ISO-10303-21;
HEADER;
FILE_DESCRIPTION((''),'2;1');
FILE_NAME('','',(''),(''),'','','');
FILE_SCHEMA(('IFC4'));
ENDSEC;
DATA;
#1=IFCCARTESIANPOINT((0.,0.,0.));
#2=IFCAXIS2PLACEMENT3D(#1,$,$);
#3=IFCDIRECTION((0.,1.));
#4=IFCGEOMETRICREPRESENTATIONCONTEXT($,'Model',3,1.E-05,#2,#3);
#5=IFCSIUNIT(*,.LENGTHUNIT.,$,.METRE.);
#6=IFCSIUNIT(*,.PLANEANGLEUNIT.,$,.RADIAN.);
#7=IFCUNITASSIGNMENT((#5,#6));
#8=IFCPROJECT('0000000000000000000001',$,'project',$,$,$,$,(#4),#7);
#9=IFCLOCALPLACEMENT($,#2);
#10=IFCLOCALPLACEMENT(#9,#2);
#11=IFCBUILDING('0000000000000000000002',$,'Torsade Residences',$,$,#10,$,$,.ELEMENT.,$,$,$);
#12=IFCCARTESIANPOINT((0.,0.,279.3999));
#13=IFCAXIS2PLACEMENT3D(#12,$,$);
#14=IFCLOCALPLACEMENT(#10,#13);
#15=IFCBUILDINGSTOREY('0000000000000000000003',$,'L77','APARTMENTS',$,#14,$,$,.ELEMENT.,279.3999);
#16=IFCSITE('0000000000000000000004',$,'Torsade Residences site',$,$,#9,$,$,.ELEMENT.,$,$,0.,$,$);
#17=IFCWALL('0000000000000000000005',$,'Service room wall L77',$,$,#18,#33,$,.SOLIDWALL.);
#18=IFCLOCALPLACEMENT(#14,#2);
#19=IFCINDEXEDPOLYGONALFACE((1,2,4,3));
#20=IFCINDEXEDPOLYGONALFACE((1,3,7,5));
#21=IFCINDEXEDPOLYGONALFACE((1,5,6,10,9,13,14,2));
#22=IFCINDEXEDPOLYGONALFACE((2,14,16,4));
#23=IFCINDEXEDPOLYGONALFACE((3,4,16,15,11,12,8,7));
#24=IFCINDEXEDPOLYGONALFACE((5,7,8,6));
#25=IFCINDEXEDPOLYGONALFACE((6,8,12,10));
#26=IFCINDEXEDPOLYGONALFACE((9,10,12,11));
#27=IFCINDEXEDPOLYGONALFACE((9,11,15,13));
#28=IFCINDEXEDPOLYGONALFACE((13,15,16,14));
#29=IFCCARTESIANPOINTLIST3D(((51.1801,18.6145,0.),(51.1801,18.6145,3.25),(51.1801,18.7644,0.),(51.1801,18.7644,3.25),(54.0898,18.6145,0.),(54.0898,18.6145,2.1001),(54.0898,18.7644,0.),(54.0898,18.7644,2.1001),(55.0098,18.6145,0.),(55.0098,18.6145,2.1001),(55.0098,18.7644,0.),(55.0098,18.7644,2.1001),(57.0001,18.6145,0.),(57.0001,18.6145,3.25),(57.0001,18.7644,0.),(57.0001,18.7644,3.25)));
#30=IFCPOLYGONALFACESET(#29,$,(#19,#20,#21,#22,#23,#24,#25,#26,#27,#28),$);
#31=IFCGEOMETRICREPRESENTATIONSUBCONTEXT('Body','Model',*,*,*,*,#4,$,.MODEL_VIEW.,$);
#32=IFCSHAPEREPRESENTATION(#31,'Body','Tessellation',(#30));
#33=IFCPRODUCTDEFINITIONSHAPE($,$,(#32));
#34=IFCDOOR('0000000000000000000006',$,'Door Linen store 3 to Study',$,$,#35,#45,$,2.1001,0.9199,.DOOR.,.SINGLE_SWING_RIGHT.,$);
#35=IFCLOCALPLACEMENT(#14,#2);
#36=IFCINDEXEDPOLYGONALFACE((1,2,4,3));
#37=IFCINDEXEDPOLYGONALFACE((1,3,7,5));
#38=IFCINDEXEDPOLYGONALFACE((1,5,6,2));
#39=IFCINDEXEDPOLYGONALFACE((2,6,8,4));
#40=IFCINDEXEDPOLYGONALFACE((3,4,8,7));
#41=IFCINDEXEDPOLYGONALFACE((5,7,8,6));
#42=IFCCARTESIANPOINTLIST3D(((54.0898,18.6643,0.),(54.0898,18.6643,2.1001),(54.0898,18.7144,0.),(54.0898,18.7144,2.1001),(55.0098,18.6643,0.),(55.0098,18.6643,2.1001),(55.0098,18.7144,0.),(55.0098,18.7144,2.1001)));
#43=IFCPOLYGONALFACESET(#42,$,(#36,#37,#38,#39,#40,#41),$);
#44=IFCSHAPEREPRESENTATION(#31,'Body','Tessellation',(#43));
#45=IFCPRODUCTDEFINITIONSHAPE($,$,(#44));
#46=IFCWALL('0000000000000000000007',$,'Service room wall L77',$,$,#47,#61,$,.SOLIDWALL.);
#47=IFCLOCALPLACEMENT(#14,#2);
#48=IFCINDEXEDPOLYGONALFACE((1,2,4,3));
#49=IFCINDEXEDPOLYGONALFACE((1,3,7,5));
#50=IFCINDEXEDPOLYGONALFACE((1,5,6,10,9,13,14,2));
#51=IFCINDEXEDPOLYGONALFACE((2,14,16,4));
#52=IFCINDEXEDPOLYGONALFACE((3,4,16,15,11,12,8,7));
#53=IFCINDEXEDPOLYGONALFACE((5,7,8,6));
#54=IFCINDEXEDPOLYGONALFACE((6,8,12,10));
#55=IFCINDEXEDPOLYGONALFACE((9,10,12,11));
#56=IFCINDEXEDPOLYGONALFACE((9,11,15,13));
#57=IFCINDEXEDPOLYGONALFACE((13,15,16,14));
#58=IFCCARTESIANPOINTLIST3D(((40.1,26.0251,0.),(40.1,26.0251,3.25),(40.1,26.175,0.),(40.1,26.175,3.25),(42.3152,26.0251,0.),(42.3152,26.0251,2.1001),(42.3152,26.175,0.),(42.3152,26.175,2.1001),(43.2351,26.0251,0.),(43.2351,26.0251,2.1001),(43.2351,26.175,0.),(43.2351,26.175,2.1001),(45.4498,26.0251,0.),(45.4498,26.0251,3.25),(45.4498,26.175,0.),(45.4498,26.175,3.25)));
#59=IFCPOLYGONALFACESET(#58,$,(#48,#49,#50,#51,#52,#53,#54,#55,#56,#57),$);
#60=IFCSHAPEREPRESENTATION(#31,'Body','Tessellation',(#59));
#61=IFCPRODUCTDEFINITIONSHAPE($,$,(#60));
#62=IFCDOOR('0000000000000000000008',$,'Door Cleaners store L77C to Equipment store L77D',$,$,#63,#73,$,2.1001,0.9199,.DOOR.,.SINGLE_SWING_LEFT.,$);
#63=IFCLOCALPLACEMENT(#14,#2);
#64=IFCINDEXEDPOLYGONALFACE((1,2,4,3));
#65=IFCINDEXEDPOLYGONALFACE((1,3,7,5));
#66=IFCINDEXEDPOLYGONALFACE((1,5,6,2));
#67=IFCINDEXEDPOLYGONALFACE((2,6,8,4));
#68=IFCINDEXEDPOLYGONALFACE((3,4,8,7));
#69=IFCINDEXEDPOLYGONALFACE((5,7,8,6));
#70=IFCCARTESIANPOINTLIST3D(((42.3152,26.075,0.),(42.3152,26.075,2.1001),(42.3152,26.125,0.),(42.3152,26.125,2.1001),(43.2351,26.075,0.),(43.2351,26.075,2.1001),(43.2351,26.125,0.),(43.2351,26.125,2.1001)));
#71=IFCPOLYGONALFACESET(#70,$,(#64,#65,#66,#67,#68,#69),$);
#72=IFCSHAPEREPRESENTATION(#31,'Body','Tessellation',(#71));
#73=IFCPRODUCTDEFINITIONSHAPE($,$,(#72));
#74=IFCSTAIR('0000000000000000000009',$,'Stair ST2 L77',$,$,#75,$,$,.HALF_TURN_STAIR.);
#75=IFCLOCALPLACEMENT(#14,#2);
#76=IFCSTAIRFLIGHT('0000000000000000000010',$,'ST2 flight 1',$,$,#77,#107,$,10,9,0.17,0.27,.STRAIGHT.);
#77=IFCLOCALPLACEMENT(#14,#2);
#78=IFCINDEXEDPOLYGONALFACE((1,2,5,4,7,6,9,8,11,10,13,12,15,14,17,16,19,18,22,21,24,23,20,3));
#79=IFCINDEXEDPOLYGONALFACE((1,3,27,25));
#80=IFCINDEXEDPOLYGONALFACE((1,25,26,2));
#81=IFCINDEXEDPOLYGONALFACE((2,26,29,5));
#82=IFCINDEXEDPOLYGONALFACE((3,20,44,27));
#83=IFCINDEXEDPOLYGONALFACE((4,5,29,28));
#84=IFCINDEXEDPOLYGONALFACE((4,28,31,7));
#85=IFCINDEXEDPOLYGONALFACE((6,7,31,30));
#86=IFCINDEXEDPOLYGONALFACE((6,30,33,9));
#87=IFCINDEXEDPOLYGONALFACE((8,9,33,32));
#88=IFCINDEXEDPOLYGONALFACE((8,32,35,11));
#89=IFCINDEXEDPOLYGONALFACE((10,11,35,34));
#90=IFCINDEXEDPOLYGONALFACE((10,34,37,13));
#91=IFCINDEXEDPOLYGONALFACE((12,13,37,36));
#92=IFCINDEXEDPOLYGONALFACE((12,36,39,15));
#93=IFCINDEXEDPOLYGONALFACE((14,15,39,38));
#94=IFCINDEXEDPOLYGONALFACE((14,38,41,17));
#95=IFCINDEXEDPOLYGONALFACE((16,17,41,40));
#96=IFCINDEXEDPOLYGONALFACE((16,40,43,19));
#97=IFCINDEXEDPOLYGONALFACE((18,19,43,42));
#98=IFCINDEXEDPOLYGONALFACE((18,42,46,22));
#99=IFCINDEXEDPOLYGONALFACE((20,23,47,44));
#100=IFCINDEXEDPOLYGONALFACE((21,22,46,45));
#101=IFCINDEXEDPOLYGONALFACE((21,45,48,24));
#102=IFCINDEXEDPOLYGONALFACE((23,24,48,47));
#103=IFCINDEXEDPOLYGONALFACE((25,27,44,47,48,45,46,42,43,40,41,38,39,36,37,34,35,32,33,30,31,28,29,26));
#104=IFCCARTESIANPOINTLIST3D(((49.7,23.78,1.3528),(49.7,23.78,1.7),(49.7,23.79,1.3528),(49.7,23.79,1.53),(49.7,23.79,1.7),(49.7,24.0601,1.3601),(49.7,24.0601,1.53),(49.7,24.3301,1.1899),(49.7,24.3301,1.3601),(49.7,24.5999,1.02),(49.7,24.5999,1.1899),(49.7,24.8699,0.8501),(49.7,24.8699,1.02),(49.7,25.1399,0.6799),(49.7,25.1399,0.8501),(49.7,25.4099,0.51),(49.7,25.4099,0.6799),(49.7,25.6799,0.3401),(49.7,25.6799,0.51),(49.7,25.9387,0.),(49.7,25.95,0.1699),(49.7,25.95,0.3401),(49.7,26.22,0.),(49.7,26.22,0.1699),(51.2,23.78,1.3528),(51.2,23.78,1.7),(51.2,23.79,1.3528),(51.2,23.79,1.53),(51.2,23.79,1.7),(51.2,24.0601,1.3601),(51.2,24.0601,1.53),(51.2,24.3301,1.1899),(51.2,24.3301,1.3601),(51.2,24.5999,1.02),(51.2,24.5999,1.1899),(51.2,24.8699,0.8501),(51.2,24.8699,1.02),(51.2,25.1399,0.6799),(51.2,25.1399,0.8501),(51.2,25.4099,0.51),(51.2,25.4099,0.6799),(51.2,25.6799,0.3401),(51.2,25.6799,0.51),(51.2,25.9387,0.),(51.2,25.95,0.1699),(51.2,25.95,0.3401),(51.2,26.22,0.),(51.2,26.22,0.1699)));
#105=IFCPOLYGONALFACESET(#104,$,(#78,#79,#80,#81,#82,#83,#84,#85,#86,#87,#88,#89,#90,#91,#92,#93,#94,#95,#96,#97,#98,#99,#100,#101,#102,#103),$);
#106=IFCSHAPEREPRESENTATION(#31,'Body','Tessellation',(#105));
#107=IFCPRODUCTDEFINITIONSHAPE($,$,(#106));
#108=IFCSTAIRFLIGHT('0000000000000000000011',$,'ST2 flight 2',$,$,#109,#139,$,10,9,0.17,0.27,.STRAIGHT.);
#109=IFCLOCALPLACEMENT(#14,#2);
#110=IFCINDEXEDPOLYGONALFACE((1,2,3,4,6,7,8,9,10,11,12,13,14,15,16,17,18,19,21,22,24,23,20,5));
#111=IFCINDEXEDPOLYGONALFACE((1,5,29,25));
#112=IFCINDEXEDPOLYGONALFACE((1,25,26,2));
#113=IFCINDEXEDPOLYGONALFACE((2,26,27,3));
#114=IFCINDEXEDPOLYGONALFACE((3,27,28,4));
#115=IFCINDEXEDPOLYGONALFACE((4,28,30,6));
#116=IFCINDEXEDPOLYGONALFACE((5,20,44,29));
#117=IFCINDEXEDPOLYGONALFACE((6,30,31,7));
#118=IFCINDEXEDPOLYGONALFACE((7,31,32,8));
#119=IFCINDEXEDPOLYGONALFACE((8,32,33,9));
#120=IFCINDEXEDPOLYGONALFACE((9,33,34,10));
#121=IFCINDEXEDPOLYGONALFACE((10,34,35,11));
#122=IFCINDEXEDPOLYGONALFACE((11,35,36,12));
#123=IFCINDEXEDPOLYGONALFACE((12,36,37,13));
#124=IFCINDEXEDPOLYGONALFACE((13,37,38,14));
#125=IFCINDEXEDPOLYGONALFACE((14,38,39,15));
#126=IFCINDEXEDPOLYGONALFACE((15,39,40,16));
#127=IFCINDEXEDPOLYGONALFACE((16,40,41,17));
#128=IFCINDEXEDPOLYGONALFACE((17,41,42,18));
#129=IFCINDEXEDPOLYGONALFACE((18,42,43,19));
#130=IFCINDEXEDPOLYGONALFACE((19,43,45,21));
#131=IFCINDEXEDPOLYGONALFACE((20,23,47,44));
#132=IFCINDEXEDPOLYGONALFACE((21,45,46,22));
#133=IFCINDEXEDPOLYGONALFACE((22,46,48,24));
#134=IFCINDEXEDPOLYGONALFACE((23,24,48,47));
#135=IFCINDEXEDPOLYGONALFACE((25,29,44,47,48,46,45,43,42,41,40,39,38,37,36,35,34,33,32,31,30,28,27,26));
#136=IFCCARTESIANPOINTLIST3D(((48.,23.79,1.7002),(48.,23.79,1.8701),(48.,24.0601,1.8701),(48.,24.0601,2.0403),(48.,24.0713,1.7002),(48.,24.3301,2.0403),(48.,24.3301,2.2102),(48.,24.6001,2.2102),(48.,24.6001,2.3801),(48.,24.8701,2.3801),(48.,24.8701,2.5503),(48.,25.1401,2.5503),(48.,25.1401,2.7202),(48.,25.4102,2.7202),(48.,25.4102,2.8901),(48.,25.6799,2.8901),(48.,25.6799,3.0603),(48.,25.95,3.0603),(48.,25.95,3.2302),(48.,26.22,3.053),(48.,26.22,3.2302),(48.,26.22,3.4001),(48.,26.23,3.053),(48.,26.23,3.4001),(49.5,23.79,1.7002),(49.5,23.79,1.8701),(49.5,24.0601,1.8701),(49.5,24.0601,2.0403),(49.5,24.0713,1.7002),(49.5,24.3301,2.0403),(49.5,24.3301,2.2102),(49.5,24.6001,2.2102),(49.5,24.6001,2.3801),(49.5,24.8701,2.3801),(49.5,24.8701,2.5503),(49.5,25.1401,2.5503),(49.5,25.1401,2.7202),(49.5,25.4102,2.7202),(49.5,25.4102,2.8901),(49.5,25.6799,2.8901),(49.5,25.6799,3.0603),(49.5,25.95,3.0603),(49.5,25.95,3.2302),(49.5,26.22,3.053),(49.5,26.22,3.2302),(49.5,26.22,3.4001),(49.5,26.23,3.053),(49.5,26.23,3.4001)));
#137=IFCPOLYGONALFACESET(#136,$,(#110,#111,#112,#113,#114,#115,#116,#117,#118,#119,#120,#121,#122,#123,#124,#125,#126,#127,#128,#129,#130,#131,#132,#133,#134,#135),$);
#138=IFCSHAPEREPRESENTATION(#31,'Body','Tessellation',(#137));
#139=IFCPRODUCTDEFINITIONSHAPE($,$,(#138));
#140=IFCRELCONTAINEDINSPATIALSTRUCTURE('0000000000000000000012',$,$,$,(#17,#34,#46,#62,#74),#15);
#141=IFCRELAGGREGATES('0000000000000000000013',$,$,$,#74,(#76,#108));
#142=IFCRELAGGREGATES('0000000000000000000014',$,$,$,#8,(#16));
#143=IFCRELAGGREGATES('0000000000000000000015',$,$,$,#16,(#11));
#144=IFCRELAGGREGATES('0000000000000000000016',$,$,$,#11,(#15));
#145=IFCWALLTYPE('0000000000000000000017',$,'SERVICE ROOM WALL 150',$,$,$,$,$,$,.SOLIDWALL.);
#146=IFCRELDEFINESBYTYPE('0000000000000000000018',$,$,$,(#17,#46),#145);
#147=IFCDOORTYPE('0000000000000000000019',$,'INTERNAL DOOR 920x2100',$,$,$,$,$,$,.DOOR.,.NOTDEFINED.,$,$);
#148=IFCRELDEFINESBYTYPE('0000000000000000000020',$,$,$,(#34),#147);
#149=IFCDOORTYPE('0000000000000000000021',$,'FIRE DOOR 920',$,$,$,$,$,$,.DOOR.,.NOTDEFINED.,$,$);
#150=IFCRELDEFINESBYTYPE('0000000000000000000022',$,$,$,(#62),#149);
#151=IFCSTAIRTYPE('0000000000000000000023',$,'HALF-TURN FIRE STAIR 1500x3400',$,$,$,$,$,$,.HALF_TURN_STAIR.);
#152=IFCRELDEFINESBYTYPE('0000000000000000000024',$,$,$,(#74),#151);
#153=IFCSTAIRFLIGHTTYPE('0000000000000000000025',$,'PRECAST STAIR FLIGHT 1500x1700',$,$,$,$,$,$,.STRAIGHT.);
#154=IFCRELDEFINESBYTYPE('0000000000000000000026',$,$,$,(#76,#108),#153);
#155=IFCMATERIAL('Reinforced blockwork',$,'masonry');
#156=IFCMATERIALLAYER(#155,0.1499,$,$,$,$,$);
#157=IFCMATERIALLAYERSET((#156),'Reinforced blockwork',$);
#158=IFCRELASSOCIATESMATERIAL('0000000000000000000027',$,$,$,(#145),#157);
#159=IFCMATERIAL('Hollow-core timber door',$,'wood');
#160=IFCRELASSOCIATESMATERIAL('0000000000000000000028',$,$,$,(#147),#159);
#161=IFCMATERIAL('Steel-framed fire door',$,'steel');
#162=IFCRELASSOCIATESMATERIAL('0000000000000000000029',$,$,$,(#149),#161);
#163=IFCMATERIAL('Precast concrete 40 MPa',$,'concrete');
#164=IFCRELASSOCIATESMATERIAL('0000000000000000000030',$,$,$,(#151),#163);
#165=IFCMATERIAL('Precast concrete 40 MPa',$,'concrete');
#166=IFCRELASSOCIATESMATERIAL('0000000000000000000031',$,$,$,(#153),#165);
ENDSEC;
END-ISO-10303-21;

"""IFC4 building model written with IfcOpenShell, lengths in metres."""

from ifc_helpers import new_model, si_unit, direction, frame, frame_2d, origin, place, context, subcontext, project, spatial, polyline, rectangle, outline, extrude, material, layer, layer_set, type_object, element, fill, aggregate, save


model = new_model("IFC4")

# Units and contexts
model_context = context("Model", 3, precision=1e-05, world=origin(), true_north=direction((0.0, 1.0)))
body_context = subcontext(model_context, "Body", "Model", "MODEL_VIEW")
ifc_project = project(units=[si_unit("LENGTHUNIT", "METRE"), si_unit("PLANEANGLEUNIT", "RADIAN")], contexts=[model_context])

# Site, building, storey
site_placement = place(None, origin())
site = spatial("IfcSite", under=ifc_project, at=site_placement, Name="Torsade Residences site", CompositionType="ELEMENT", RefElevation=0.0)
building_placement = place(site_placement, origin())
building = spatial("IfcBuilding", under=site, at=building_placement, Name="Torsade Residences", CompositionType="ELEMENT")
storey_placement = place(building_placement, frame((0.0, 0.0, 279.3999)))
storey = spatial("IfcBuildingStorey", under=building, at=storey_placement, Name="L77", Description="APARTMENTS", CompositionType="ELEMENT", Elevation=279.3999)

# Walls, openings, doors
ifc_material_1 = material(Name="Reinforced blockwork", Category="masonry")
ifc_layer_1 = layer(ifc_material_1, 0.1499)
ifc_layer_set_1 = layer_set([ifc_layer_1], Name="Reinforced blockwork")
wall_type_1 = type_object("IfcWallType", Name="SERVICE ROOM WALL 150", PredefinedType="SOLIDWALL", material=ifc_layer_set_1)
wall_1_placement = place(storey_placement, frame((51.1799, 18.6895, 0.0), z_axis=(0.0, 0.0, 1.0), x_axis=(1.0, 0.0, 0.0)))
wall_1 = element("IfcWall", 1, at=wall_1_placement, inside=storey, type_object=wall_type_1, Name="Service room wall L77", PredefinedType="SOLIDWALL", context=body_context, shape_type="SweptSolid", body=[
    extrude(rectangle(XDim=5.8201, YDim=0.1499, at=frame_2d((2.9102, 0.0))), origin(), (0.0, 0.0, 1.0), 3.25),
])
opening_1_placement = place(wall_1_placement, frame((2.9099, 0.0, 0.0)))
opening_1 = element("IfcOpeningElement", 2, at=opening_1_placement, cuts=wall_1, PredefinedType="OPENING", context=body_context, shape_type="SweptSolid", body=[
    extrude(rectangle(XDim=0.9199, YDim=2.1001, at=frame_2d((0.46, 1.05))), frame((0.0, 0.085, 0.0), z_axis=(0.0, -1.0, 0.0), x_axis=(1.0, 0.0, 0.0)), (0.0, 0.0, 1.0), 0.1699),
])
ifc_material_2 = material(Name="Hollow-core timber door", Category="wood")
door_type_1 = type_object("IfcDoorType", Name="INTERNAL DOOR 920x2100", OperationType="NOTDEFINED", PredefinedType="DOOR", material=ifc_material_2)
door_1_placement = place(opening_1_placement, origin())
door_1 = element("IfcDoor", 3, at=door_1_placement, inside=storey, type_object=door_type_1, Name="Door Linen store 3 to Study", OperationType="SINGLE_SWING_RIGHT", OverallHeight=2.1001, OverallWidth=0.9199, PredefinedType="DOOR", context=body_context, shape_type="SweptSolid", body=[
    extrude(rectangle(XDim=0.9199, YDim=2.1001, at=frame_2d((0.46, 1.05))), frame((0.0, 0.0249, 0.0), z_axis=(0.0, -1.0, 0.0), x_axis=(1.0, 0.0, 0.0)), (0.0, 0.0, 1.0), 0.05),
])
fill(opening_1, door_1)
wall_2_placement = place(storey_placement, frame((40.1001, 26.1001, 0.0), z_axis=(0.0, 0.0, 1.0), x_axis=(1.0, 0.0, 0.0)))
wall_2 = element("IfcWall", 4, at=wall_2_placement, inside=storey, type_object=wall_type_1, Name="Service room wall L77", PredefinedType="SOLIDWALL", context=body_context, shape_type="SweptSolid", body=[
    extrude(rectangle(XDim=5.3499, YDim=0.1499, at=frame_2d((2.6748, 0.0))), origin(), (0.0, 0.0, 1.0), 3.25),
])
opening_2_placement = place(wall_2_placement, frame((2.2151, 0.0, 0.0)))
opening_2 = element("IfcOpeningElement", 5, at=opening_2_placement, cuts=wall_2, PredefinedType="OPENING", context=body_context, shape_type="SweptSolid", body=[
    extrude(rectangle(XDim=0.9199, YDim=2.1001, at=frame_2d((0.46, 1.05))), frame((0.0, 0.085, 0.0), z_axis=(0.0, -1.0, 0.0), x_axis=(1.0, 0.0, 0.0)), (0.0, 0.0, 1.0), 0.1699),
])
ifc_material_3 = material(Name="Steel-framed fire door", Category="steel")
door_type_2 = type_object("IfcDoorType", Name="FIRE DOOR 920", OperationType="NOTDEFINED", PredefinedType="DOOR", material=ifc_material_3)
door_2_placement = place(opening_2_placement, origin())
door_2 = element("IfcDoor", 6, at=door_2_placement, inside=storey, type_object=door_type_2, Name="Door Cleaners store L77C to Equipment store L77D", OperationType="SINGLE_SWING_LEFT", OverallHeight=2.1001, OverallWidth=0.9199, PredefinedType="DOOR", context=body_context, shape_type="SweptSolid", body=[
    extrude(rectangle(XDim=0.9199, YDim=2.1001, at=frame_2d((0.46, 1.05))), frame((0.0, 0.0249, 0.0), z_axis=(0.0, -1.0, 0.0), x_axis=(1.0, 0.0, 0.0)), (0.0, 0.0, 1.0), 0.05),
])
fill(opening_2, door_2)

# Stair, stair flights
ifc_material_4 = material(Name="Precast concrete 40 MPa", Category="concrete")
stair_type = type_object("IfcStairType", Name="HALF-TURN FIRE STAIR 1500x3400", PredefinedType="HALF_TURN_STAIR", material=ifc_material_4)
stair_placement = place(storey_placement, origin())
stair = element("IfcStair", 7, at=stair_placement, inside=storey, type_object=stair_type, Name="Stair ST2 L77", PredefinedType="HALF_TURN_STAIR")
ifc_material_5 = material(Name="Precast concrete 40 MPa", Category="concrete")
stair_flight_type = type_object("IfcStairFlightType", Name="PRECAST STAIR FLIGHT 1500x1700", PredefinedType="STRAIGHT", material=ifc_material_5)
stair_flight_1_placement = place(storey_placement, frame((50.45, 26.22, 0.0), z_axis=(0.0, 0.0, 1.0), x_axis=(0.0, -1.0, 0.0)))
stair_flight_1 = element("IfcStairFlight", 8, at=stair_flight_1_placement, type_object=stair_flight_type, Name="ST2 flight 1", NumberOfRisers=10, NumberOfTreads=9, PredefinedType="STRAIGHT", RiserHeight=0.17, TreadLength=0.27, context=body_context, shape_type="SweptSolid", body=[
    extrude(outline(polyline([(0.0, 0.0), (0.0, 0.1699), (0.27, 0.1699), (0.27, 0.3401), (0.54, 0.3401), (0.54, 0.51), (0.8101, 0.51), (0.8101, 0.6799), (1.0801, 0.6799), (1.0801, 0.8501), (1.3501, 0.8501), (1.3501, 1.02), (1.6201, 1.02), (1.6201, 1.1899), (1.8899, 1.1899), (1.8899, 1.3601), (2.1599, 1.3601), (2.1599, 1.53), (2.4299, 1.53), (2.4299, 1.7), (2.4399, 1.7), (2.4399, 1.3528), (2.4299, 1.3528), (0.2812, 0.0), (0.0, 0.0)])), frame((0.0, 0.75, 0.0), z_axis=(0.0, -1.0, 0.0), x_axis=(1.0, 0.0, 0.0)), (0.0, 0.0, 1.0), 1.5),
])
stair_flight_2_placement = place(storey_placement, frame((48.75, 23.79, 1.7002), z_axis=(0.0, 0.0, 1.0), x_axis=(0.0, 1.0, 0.0)))
stair_flight_2 = element("IfcStairFlight", 9, at=stair_flight_2_placement, type_object=stair_flight_type, Name="ST2 flight 2", NumberOfRisers=10, NumberOfTreads=9, PredefinedType="STRAIGHT", RiserHeight=0.17, TreadLength=0.27, context=body_context, shape_type="SweptSolid", body=[
    extrude(outline(polyline([(0.0, 0.0), (0.0, 0.1699), (0.27, 0.1699), (0.27, 0.3401), (0.54, 0.3401), (0.54, 0.51), (0.8101, 0.51), (0.8101, 0.6799), (1.0801, 0.6799), (1.0801, 0.8501), (1.3501, 0.8501), (1.3501, 1.02), (1.6201, 1.02), (1.6201, 1.1899), (1.8899, 1.1899), (1.8899, 1.3601), (2.1599, 1.3601), (2.1599, 1.53), (2.4299, 1.53), (2.4299, 1.7), (2.4399, 1.7), (2.4399, 1.3528), (2.4299, 1.3528), (0.2812, 0.0), (0.0, 0.0)])), frame((0.0, 0.75, 0.0), z_axis=(0.0, -1.0, 0.0), x_axis=(1.0, 0.0, 0.0)), (0.0, 0.0, 1.0), 1.5),
])
aggregate(stair, [stair_flight_1, stair_flight_2])

save(model, "model.ifc")
